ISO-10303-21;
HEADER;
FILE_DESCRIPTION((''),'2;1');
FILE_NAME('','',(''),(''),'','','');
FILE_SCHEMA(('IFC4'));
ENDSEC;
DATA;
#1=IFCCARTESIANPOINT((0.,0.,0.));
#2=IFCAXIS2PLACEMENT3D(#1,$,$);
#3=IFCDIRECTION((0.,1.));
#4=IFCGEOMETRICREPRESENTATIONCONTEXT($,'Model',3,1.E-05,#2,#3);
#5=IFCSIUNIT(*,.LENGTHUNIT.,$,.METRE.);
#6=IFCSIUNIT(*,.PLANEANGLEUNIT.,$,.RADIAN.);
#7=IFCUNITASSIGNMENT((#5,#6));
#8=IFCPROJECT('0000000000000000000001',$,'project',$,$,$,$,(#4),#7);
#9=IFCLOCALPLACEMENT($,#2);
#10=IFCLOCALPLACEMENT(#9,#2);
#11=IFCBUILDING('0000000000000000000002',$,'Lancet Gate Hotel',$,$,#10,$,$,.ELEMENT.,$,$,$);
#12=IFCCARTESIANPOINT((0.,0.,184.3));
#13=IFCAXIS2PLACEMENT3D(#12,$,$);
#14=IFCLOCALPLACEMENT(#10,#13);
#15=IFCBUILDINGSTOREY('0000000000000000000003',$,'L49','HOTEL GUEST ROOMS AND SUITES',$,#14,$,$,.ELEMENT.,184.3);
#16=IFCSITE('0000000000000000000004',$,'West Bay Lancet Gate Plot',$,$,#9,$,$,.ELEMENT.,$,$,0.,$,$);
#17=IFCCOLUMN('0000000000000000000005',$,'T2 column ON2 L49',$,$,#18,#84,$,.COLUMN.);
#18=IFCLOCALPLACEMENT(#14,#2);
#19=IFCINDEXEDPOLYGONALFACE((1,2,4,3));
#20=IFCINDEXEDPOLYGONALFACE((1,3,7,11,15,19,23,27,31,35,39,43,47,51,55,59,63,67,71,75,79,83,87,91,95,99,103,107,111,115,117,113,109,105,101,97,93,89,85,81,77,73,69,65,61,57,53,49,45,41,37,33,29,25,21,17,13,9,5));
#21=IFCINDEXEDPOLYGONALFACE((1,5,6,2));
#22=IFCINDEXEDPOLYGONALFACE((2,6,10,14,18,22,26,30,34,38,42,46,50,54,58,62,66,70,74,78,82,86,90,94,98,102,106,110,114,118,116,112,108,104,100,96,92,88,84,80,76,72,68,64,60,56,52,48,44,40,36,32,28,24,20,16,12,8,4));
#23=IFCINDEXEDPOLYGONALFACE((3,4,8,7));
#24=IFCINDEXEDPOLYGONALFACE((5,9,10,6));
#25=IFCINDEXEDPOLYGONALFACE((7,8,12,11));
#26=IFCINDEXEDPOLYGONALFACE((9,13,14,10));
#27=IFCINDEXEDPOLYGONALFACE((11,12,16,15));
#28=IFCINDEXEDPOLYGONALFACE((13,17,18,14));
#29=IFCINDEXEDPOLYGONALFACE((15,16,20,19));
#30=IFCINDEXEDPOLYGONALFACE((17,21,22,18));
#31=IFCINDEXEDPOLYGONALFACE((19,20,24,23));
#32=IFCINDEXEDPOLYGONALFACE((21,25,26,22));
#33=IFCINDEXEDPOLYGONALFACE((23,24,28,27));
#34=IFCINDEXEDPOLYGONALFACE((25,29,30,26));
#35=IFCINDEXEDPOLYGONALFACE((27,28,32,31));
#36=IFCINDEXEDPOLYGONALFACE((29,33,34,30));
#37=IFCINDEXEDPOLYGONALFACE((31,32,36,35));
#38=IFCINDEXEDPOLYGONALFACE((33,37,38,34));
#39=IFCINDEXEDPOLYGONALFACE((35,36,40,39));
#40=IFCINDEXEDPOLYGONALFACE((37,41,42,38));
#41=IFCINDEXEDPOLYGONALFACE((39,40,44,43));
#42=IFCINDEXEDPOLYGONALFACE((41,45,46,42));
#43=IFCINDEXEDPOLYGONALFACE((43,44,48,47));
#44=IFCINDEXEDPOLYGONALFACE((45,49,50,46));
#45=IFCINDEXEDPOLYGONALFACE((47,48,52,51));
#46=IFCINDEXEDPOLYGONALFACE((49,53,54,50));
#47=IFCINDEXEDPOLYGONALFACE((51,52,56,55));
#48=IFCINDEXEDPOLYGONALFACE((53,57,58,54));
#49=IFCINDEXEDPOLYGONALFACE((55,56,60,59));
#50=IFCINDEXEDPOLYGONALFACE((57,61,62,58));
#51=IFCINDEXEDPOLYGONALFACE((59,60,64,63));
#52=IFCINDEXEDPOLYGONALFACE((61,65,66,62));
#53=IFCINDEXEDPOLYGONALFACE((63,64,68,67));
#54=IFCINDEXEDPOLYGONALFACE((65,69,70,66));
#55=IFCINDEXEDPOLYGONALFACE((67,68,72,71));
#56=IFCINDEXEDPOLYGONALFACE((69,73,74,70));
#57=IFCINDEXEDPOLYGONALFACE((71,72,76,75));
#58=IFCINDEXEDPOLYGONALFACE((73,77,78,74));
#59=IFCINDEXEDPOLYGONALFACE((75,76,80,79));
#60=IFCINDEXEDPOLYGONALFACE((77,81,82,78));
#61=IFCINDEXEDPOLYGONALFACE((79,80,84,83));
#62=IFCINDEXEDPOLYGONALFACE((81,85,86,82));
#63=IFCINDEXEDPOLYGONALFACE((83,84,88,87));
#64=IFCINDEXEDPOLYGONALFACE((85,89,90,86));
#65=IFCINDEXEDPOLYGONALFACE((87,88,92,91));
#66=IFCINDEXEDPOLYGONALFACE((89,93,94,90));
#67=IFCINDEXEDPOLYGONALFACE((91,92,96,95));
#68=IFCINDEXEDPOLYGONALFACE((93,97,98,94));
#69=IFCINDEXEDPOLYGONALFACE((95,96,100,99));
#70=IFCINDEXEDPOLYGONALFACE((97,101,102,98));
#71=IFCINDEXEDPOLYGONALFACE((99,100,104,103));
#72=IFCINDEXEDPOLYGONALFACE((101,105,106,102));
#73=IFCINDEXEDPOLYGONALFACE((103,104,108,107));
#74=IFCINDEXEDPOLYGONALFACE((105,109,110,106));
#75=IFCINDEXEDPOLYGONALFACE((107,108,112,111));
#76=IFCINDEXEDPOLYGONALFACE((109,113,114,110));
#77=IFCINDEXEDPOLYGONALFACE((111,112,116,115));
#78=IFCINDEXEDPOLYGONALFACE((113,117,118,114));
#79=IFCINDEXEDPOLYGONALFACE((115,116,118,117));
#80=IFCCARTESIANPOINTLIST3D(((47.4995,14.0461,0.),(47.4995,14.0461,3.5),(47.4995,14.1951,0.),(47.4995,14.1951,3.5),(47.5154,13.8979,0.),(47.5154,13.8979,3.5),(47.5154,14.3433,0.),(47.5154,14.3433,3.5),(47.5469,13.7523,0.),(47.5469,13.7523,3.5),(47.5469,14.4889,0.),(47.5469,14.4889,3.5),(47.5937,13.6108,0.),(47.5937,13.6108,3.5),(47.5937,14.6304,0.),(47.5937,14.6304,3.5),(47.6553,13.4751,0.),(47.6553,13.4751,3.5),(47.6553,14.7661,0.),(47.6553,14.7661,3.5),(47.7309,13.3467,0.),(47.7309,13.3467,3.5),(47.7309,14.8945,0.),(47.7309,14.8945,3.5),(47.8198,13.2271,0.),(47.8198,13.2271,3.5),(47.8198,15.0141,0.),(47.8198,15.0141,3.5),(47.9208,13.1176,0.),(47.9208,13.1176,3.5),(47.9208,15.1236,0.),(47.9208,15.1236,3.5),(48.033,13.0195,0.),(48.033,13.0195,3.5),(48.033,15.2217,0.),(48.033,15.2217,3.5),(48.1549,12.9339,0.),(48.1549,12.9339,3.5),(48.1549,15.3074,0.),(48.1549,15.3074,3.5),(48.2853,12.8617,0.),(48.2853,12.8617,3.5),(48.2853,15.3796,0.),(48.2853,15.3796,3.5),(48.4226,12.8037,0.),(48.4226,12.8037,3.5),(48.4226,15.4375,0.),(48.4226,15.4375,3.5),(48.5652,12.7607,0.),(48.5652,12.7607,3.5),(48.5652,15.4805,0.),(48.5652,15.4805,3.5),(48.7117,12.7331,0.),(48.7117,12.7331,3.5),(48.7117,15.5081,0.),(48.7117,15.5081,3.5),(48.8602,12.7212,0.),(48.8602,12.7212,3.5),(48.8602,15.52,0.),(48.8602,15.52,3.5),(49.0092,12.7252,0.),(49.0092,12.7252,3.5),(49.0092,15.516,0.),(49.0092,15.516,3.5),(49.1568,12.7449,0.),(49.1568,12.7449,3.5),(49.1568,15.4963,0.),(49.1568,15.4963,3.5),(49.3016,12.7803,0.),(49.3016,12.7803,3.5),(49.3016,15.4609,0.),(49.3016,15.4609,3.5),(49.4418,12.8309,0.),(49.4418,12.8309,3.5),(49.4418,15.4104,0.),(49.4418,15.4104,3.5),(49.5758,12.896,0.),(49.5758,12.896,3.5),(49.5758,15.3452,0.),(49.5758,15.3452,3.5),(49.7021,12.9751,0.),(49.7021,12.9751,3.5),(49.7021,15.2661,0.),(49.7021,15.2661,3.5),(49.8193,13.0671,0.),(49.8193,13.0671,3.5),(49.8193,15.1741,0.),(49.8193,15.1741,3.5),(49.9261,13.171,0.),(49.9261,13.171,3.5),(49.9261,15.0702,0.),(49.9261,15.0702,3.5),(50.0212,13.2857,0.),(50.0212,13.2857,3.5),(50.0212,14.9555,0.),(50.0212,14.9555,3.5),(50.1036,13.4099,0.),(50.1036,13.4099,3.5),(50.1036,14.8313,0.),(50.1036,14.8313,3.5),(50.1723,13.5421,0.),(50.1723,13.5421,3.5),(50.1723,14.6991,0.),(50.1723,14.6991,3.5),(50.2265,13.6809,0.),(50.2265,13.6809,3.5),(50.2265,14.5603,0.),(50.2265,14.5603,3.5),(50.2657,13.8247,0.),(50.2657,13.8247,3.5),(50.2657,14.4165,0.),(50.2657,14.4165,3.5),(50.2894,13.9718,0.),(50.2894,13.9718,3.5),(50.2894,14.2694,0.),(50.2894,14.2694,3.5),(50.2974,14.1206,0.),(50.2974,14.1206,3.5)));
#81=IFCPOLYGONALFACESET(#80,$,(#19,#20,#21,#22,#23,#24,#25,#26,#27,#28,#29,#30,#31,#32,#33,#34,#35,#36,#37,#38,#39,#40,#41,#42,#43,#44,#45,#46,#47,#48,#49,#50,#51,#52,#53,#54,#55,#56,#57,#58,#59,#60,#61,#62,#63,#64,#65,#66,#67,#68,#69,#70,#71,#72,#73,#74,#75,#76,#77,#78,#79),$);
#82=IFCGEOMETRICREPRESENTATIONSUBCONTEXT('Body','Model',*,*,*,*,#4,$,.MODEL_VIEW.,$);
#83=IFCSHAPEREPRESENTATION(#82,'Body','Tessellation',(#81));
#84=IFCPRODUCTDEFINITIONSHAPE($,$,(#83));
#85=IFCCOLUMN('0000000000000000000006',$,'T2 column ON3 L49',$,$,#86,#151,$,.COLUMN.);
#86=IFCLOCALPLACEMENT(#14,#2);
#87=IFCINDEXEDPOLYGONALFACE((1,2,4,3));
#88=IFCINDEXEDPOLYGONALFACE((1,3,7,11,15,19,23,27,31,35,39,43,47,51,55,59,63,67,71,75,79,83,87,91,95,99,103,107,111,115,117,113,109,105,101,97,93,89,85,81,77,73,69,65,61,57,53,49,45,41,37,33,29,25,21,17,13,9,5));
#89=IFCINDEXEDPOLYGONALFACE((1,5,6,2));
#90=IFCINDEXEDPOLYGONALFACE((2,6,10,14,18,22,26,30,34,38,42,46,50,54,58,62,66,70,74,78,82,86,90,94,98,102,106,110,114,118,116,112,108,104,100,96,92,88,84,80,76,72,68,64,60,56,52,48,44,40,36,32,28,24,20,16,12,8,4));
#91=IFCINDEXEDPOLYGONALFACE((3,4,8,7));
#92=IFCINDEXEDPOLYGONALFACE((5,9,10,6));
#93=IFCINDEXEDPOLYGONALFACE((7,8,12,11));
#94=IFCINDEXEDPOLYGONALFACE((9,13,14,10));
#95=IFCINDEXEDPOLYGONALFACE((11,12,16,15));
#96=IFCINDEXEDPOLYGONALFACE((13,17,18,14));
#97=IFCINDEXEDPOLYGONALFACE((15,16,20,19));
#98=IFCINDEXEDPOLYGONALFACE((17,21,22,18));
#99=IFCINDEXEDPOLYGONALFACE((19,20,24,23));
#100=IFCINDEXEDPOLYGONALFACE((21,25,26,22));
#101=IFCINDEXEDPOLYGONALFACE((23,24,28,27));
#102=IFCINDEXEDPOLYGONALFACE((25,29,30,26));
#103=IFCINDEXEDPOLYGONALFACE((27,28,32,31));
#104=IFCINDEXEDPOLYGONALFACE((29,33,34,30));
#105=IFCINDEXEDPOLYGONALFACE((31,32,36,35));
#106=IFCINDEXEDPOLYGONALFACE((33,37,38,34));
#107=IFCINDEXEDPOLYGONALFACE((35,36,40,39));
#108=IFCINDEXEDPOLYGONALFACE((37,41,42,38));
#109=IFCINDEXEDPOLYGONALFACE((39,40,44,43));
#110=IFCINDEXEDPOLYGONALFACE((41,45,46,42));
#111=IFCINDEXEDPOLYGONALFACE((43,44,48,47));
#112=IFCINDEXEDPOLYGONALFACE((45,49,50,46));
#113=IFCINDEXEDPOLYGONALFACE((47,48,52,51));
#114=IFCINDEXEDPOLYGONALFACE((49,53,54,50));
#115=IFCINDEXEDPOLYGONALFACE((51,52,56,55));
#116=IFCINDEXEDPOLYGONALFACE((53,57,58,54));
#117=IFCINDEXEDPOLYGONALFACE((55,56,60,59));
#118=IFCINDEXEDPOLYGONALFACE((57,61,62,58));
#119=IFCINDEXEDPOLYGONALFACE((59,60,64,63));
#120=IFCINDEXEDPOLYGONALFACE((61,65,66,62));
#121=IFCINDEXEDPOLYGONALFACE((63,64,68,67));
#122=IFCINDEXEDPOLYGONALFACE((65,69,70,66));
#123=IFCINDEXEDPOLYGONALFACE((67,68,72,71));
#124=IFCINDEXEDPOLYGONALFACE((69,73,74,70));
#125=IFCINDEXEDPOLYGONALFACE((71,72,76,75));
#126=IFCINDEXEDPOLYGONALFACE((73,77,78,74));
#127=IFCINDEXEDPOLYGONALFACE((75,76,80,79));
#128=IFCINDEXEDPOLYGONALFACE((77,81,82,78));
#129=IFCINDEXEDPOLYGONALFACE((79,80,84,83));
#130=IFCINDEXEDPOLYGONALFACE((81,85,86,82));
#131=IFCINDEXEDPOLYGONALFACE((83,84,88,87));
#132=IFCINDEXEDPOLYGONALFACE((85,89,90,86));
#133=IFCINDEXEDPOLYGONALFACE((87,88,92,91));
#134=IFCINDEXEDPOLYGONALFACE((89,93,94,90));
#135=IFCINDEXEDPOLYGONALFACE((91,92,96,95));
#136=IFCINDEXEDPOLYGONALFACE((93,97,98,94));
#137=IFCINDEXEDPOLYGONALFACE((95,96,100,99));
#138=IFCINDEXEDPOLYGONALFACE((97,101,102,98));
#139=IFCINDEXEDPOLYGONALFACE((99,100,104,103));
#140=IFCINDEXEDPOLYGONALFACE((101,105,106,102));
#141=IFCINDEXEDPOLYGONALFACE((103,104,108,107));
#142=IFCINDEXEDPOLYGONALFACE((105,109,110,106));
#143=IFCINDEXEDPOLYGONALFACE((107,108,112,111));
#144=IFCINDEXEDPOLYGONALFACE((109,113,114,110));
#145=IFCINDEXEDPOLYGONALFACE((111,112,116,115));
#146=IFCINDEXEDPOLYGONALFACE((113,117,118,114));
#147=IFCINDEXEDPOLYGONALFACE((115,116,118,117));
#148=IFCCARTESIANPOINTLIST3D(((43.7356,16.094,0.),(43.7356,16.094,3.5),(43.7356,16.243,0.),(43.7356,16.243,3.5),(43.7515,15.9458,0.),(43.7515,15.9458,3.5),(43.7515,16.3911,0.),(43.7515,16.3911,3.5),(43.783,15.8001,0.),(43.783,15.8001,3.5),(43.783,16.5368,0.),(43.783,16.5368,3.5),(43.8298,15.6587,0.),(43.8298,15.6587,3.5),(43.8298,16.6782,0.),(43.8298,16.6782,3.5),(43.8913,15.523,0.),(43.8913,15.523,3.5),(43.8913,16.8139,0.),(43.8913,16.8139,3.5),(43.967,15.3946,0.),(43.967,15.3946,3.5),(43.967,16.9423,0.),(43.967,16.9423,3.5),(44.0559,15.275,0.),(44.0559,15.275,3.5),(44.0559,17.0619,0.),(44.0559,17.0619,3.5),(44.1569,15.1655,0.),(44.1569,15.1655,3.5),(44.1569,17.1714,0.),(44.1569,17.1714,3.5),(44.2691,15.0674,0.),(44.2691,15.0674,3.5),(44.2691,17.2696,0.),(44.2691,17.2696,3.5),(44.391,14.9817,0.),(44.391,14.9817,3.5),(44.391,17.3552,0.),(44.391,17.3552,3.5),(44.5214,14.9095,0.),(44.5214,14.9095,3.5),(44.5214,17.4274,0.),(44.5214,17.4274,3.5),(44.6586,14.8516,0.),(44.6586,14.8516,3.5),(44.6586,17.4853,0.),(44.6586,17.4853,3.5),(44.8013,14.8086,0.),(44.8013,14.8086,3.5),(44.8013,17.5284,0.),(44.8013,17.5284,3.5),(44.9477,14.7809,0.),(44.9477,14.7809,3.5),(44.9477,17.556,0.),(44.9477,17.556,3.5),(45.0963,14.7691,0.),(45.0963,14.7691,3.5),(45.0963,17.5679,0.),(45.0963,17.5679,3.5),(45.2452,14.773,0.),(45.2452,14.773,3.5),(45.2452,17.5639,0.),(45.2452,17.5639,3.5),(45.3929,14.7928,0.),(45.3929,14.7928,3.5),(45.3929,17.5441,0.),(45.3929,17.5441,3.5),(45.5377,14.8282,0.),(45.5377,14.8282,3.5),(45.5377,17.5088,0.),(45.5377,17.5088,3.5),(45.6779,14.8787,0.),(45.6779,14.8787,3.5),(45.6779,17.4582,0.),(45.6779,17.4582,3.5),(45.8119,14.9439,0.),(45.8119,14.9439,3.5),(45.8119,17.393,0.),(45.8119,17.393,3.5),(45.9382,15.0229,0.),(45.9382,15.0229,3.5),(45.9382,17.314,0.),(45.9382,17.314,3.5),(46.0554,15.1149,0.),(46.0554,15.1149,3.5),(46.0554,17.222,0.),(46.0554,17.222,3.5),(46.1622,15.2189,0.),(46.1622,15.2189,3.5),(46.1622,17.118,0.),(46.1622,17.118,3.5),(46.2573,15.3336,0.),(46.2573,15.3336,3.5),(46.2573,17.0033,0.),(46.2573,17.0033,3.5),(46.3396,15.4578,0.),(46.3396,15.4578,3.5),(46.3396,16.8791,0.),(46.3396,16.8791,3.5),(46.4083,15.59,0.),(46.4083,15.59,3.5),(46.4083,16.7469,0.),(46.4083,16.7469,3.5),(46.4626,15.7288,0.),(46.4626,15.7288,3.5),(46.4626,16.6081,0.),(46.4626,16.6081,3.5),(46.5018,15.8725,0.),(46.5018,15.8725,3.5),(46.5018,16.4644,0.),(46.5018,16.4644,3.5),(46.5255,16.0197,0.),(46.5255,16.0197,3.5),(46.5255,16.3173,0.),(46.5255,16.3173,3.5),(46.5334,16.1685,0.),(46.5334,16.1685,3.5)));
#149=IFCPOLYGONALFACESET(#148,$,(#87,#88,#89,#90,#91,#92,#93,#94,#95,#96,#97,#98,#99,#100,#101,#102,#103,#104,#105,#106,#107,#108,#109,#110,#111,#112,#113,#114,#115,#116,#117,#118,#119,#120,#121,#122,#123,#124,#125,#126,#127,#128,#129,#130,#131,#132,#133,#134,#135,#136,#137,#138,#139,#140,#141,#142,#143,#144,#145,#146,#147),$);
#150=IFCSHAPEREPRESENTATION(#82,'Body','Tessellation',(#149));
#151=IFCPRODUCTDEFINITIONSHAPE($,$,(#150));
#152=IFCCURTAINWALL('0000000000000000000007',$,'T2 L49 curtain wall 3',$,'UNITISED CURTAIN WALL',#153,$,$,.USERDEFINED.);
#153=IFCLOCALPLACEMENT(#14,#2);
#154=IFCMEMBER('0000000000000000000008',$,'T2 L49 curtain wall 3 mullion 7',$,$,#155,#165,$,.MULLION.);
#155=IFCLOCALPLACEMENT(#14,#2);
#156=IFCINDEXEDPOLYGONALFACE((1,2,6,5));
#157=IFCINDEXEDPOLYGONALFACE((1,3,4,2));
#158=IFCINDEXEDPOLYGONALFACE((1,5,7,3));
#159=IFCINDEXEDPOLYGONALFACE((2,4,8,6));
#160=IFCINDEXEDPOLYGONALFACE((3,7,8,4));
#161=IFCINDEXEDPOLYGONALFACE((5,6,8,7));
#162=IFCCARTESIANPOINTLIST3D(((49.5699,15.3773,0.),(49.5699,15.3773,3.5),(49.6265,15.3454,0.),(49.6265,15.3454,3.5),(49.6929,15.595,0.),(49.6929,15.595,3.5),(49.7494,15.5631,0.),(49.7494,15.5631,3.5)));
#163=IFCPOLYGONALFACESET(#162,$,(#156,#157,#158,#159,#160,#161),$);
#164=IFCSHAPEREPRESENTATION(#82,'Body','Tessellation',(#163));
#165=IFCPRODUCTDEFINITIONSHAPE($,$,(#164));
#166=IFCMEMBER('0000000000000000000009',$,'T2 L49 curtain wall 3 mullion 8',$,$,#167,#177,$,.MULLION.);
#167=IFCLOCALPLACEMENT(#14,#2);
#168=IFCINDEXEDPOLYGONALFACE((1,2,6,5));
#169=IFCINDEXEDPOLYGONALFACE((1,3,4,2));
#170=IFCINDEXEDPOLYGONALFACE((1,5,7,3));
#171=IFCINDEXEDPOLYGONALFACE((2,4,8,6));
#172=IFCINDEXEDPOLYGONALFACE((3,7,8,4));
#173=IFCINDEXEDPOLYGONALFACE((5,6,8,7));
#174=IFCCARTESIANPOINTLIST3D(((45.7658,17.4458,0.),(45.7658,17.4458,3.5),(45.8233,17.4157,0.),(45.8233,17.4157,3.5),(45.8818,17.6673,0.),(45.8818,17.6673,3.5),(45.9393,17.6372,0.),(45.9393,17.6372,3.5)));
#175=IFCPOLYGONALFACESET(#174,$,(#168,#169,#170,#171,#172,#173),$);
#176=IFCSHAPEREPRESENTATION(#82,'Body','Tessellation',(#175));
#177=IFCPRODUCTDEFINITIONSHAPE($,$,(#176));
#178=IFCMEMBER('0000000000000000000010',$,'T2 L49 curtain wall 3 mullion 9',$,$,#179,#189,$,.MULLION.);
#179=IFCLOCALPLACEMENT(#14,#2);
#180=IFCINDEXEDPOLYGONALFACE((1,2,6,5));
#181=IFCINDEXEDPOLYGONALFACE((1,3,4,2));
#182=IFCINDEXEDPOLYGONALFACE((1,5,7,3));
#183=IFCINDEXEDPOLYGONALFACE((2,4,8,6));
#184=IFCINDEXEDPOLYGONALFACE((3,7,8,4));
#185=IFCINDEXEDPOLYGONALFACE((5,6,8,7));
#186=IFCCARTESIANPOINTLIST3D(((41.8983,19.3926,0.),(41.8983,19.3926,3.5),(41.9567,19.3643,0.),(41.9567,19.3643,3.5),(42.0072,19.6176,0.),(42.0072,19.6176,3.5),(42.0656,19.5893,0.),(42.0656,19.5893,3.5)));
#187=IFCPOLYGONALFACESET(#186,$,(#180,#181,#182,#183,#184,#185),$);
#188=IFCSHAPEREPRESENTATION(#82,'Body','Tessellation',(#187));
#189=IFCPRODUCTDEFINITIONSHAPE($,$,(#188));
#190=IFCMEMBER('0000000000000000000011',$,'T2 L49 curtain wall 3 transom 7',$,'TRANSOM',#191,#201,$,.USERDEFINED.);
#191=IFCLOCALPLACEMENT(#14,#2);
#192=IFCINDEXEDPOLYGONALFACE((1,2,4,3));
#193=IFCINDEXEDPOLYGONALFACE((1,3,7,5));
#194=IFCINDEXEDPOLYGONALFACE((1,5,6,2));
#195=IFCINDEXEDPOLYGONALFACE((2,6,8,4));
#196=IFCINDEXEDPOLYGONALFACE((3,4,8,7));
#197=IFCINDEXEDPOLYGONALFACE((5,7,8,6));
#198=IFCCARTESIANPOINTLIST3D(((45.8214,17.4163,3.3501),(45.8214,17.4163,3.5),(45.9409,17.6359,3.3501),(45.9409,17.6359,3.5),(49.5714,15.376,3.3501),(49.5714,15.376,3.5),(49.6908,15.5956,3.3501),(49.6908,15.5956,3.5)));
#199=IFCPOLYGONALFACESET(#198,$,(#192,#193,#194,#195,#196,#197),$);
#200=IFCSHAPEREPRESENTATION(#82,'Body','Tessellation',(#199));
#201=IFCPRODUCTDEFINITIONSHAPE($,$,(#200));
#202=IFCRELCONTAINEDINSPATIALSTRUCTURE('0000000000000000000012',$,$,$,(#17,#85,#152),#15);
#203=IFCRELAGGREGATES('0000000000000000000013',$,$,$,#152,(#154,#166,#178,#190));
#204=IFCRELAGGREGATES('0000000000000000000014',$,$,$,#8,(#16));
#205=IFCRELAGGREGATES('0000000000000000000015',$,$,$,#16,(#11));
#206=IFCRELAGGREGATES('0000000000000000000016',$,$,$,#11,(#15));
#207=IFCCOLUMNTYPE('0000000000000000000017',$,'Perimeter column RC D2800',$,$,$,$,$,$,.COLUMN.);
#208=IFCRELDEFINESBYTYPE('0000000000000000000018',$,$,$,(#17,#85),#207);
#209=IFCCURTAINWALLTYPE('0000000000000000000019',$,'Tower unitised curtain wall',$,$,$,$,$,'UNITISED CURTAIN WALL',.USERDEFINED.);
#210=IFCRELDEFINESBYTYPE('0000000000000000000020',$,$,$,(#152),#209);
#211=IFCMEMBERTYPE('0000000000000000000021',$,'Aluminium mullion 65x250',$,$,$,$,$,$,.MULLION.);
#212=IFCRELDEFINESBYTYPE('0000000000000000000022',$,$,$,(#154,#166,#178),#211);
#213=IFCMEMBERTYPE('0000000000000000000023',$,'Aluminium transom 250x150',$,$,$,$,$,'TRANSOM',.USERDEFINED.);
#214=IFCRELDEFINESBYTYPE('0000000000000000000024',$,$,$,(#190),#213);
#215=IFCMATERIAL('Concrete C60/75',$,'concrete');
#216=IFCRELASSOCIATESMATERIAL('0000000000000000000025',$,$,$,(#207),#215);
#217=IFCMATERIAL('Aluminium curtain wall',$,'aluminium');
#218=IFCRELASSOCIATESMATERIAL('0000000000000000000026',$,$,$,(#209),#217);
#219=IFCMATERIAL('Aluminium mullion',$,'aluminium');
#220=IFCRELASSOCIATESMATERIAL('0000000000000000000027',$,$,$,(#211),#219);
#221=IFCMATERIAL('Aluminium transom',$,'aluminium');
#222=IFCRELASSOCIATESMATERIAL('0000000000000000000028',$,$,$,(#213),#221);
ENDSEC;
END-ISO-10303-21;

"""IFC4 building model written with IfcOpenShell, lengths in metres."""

from ifc_helpers import new_model, si_unit, direction, frame, origin, origin_2d, place, context, subcontext, project, spatial, rectangle, circle, extrude, material, material_profile, profile_set, type_object, element, aggregate, save


model = new_model("IFC4")

# Units and contexts
model_context = context("Model", 3, precision=1e-05, world=origin(), true_north=direction((0.0, 1.0)))
body_context = subcontext(model_context, "Body", "Model", "MODEL_VIEW")
ifc_project = project(units=[si_unit("LENGTHUNIT", "METRE"), si_unit("PLANEANGLEUNIT", "RADIAN")], contexts=[model_context])

# Site, building, storey
site_placement = place(None, origin())
site = spatial("IfcSite", under=ifc_project, at=site_placement, Name="West Bay Lancet Gate Plot", CompositionType="ELEMENT", RefElevation=0.0)
building_placement = place(site_placement, origin())
building = spatial("IfcBuilding", under=site, at=building_placement, Name="Lancet Gate Hotel", CompositionType="ELEMENT")
storey_placement = place(building_placement, frame((0.0, 0.0, 184.3)))
storey = spatial("IfcBuildingStorey", under=building, at=storey_placement, Name="L49", Description="HOTEL GUEST ROOMS AND SUITES", CompositionType="ELEMENT", Elevation=184.3)

# Columns
ifc_material_1 = material(Name="Concrete C60/75", Category="concrete")
ifc_material_profile_1 = material_profile(ifc_material_1, circle(Radius=1.3999, at=origin_2d()), Name="RC D2800")
ifc_profile_set_1 = profile_set([ifc_material_profile_1], Name="Concrete C60/75")
column_type = type_object("IfcColumnType", Name="Perimeter column RC D2800", PredefinedType="COLUMN", material=ifc_profile_set_1)
for number, where, z_axis, x_axis, name in (
    (1, (48.8975, 14.1206, 0.0), (0.0, 0.0, 1.0), (1.0, 0.0, 0.0), "T2 column ON2 L49"),
    (2, (45.1335, 16.1685, 0.0), (0.0, 0.0, 1.0), (1.0, 0.0, 0.0), "T2 column ON3 L49"),
):
    element("IfcColumn", number, at=place(storey_placement, frame(where, z_axis=z_axis, x_axis=x_axis)), inside=storey, type_object=column_type, Name=name, PredefinedType="COLUMN", context=body_context, shape_type="SweptSolid", body=[
        extrude(circle(Radius=1.3999, at=origin_2d()), origin(), (0.0, 0.0, 1.0), 3.5),
    ])

# Curtain wall, members
ifc_material_2 = material(Name="Aluminium curtain wall", Category="aluminium")
curtain_wall_type = type_object("IfcCurtainWallType", Name="Tower unitised curtain wall", ElementType="UNITISED CURTAIN WALL", PredefinedType="USERDEFINED", material=ifc_material_2)
curtain_wall_placement = place(storey_placement, origin())
curtain_wall = element("IfcCurtainWall", 3, at=curtain_wall_placement, inside=storey, type_object=curtain_wall_type, Name="T2 L49 curtain wall 3", ObjectType="UNITISED CURTAIN WALL", PredefinedType="USERDEFINED")
ifc_material_3 = material(Name="Aluminium mullion", Category="aluminium")
ifc_material_profile_2 = material_profile(ifc_material_3, rectangle(XDim=0.0649, YDim=0.25, at=origin_2d()), Name="MULLION 65x250")
ifc_profile_set_2 = profile_set([ifc_material_profile_2], Name="Aluminium mullion")
member_type_1 = type_object("IfcMemberType", Name="Aluminium mullion 65x250", PredefinedType="MULLION", material=ifc_profile_set_2)
member_1_placement = place(storey_placement, frame((49.6597, 15.4702, 0.0), z_axis=(0.0, 0.0, 1.0), x_axis=(-0.870722, 0.491776, 0.0)))
member_1 = element("IfcMember", 4, at=member_1_placement, type_object=member_type_1, Name="T2 L49 curtain wall 3 mullion 7", PredefinedType="MULLION", context=body_context, shape_type="SweptSolid", body=[
    extrude(rectangle(XDim=0.0649, YDim=0.25, at=origin_2d()), origin(), (0.0, 0.0, 1.0), 3.5),
])
member_2_placement = place(storey_placement, frame((45.8525, 17.5415, 0.0), z_axis=(0.0, 0.0, 1.0), x_axis=(-0.885877, 0.46392, 0.0)))
member_2 = element("IfcMember", 5, at=member_2_placement, type_object=member_type_1, Name="T2 L49 curtain wall 3 mullion 8", PredefinedType="MULLION", context=body_context, shape_type="SweptSolid", body=[
    extrude(rectangle(XDim=0.0649, YDim=0.25, at=origin_2d()), origin(), (0.0, 0.0, 1.0), 3.5),
])
member_3_placement = place(storey_placement, frame((41.9819, 19.491, 0.0), z_axis=(0.0, 0.0, 1.0), x_axis=(-0.900141, 0.435598, 0.0)))
member_3 = element("IfcMember", 6, at=member_3_placement, type_object=member_type_1, Name="T2 L49 curtain wall 3 mullion 9", PredefinedType="MULLION", context=body_context, shape_type="SweptSolid", body=[
    extrude(rectangle(XDim=0.0649, YDim=0.25, at=origin_2d()), origin(), (0.0, 0.0, 1.0), 3.5),
])
ifc_material_4 = material(Name="Aluminium transom", Category="aluminium")
ifc_material_profile_3 = material_profile(ifc_material_4, rectangle(XDim=0.25, YDim=0.1499, at=origin_2d()), Name="TRANSOM 250x150")
ifc_profile_set_3 = profile_set([ifc_material_profile_3], Name="Aluminium transom")
member_type_2 = type_object("IfcMemberType", Name="Aluminium transom 250x150", ElementType="TRANSOM", PredefinedType="USERDEFINED", material=ifc_profile_set_3)
member_4_placement = place(storey_placement, frame((49.6311, 15.4858, 3.425), z_axis=(-0.878404, 0.477918, 0.0), x_axis=(-0.477918, -0.878404, 0.0)))
member_4 = element("IfcMember", 7, at=member_4_placement, type_object=member_type_2, Name="T2 L49 curtain wall 3 transom 7", ObjectType="TRANSOM", PredefinedType="USERDEFINED", context=body_context, shape_type="SweptSolid", body=[
    extrude(rectangle(XDim=0.25, YDim=0.1499, at=origin_2d()), origin(), (0.0, 0.0, 1.0), 4.269),
])

aggregate(curtain_wall, [member_1, member_2, member_3, member_4])

save(model, "model.ifc")
